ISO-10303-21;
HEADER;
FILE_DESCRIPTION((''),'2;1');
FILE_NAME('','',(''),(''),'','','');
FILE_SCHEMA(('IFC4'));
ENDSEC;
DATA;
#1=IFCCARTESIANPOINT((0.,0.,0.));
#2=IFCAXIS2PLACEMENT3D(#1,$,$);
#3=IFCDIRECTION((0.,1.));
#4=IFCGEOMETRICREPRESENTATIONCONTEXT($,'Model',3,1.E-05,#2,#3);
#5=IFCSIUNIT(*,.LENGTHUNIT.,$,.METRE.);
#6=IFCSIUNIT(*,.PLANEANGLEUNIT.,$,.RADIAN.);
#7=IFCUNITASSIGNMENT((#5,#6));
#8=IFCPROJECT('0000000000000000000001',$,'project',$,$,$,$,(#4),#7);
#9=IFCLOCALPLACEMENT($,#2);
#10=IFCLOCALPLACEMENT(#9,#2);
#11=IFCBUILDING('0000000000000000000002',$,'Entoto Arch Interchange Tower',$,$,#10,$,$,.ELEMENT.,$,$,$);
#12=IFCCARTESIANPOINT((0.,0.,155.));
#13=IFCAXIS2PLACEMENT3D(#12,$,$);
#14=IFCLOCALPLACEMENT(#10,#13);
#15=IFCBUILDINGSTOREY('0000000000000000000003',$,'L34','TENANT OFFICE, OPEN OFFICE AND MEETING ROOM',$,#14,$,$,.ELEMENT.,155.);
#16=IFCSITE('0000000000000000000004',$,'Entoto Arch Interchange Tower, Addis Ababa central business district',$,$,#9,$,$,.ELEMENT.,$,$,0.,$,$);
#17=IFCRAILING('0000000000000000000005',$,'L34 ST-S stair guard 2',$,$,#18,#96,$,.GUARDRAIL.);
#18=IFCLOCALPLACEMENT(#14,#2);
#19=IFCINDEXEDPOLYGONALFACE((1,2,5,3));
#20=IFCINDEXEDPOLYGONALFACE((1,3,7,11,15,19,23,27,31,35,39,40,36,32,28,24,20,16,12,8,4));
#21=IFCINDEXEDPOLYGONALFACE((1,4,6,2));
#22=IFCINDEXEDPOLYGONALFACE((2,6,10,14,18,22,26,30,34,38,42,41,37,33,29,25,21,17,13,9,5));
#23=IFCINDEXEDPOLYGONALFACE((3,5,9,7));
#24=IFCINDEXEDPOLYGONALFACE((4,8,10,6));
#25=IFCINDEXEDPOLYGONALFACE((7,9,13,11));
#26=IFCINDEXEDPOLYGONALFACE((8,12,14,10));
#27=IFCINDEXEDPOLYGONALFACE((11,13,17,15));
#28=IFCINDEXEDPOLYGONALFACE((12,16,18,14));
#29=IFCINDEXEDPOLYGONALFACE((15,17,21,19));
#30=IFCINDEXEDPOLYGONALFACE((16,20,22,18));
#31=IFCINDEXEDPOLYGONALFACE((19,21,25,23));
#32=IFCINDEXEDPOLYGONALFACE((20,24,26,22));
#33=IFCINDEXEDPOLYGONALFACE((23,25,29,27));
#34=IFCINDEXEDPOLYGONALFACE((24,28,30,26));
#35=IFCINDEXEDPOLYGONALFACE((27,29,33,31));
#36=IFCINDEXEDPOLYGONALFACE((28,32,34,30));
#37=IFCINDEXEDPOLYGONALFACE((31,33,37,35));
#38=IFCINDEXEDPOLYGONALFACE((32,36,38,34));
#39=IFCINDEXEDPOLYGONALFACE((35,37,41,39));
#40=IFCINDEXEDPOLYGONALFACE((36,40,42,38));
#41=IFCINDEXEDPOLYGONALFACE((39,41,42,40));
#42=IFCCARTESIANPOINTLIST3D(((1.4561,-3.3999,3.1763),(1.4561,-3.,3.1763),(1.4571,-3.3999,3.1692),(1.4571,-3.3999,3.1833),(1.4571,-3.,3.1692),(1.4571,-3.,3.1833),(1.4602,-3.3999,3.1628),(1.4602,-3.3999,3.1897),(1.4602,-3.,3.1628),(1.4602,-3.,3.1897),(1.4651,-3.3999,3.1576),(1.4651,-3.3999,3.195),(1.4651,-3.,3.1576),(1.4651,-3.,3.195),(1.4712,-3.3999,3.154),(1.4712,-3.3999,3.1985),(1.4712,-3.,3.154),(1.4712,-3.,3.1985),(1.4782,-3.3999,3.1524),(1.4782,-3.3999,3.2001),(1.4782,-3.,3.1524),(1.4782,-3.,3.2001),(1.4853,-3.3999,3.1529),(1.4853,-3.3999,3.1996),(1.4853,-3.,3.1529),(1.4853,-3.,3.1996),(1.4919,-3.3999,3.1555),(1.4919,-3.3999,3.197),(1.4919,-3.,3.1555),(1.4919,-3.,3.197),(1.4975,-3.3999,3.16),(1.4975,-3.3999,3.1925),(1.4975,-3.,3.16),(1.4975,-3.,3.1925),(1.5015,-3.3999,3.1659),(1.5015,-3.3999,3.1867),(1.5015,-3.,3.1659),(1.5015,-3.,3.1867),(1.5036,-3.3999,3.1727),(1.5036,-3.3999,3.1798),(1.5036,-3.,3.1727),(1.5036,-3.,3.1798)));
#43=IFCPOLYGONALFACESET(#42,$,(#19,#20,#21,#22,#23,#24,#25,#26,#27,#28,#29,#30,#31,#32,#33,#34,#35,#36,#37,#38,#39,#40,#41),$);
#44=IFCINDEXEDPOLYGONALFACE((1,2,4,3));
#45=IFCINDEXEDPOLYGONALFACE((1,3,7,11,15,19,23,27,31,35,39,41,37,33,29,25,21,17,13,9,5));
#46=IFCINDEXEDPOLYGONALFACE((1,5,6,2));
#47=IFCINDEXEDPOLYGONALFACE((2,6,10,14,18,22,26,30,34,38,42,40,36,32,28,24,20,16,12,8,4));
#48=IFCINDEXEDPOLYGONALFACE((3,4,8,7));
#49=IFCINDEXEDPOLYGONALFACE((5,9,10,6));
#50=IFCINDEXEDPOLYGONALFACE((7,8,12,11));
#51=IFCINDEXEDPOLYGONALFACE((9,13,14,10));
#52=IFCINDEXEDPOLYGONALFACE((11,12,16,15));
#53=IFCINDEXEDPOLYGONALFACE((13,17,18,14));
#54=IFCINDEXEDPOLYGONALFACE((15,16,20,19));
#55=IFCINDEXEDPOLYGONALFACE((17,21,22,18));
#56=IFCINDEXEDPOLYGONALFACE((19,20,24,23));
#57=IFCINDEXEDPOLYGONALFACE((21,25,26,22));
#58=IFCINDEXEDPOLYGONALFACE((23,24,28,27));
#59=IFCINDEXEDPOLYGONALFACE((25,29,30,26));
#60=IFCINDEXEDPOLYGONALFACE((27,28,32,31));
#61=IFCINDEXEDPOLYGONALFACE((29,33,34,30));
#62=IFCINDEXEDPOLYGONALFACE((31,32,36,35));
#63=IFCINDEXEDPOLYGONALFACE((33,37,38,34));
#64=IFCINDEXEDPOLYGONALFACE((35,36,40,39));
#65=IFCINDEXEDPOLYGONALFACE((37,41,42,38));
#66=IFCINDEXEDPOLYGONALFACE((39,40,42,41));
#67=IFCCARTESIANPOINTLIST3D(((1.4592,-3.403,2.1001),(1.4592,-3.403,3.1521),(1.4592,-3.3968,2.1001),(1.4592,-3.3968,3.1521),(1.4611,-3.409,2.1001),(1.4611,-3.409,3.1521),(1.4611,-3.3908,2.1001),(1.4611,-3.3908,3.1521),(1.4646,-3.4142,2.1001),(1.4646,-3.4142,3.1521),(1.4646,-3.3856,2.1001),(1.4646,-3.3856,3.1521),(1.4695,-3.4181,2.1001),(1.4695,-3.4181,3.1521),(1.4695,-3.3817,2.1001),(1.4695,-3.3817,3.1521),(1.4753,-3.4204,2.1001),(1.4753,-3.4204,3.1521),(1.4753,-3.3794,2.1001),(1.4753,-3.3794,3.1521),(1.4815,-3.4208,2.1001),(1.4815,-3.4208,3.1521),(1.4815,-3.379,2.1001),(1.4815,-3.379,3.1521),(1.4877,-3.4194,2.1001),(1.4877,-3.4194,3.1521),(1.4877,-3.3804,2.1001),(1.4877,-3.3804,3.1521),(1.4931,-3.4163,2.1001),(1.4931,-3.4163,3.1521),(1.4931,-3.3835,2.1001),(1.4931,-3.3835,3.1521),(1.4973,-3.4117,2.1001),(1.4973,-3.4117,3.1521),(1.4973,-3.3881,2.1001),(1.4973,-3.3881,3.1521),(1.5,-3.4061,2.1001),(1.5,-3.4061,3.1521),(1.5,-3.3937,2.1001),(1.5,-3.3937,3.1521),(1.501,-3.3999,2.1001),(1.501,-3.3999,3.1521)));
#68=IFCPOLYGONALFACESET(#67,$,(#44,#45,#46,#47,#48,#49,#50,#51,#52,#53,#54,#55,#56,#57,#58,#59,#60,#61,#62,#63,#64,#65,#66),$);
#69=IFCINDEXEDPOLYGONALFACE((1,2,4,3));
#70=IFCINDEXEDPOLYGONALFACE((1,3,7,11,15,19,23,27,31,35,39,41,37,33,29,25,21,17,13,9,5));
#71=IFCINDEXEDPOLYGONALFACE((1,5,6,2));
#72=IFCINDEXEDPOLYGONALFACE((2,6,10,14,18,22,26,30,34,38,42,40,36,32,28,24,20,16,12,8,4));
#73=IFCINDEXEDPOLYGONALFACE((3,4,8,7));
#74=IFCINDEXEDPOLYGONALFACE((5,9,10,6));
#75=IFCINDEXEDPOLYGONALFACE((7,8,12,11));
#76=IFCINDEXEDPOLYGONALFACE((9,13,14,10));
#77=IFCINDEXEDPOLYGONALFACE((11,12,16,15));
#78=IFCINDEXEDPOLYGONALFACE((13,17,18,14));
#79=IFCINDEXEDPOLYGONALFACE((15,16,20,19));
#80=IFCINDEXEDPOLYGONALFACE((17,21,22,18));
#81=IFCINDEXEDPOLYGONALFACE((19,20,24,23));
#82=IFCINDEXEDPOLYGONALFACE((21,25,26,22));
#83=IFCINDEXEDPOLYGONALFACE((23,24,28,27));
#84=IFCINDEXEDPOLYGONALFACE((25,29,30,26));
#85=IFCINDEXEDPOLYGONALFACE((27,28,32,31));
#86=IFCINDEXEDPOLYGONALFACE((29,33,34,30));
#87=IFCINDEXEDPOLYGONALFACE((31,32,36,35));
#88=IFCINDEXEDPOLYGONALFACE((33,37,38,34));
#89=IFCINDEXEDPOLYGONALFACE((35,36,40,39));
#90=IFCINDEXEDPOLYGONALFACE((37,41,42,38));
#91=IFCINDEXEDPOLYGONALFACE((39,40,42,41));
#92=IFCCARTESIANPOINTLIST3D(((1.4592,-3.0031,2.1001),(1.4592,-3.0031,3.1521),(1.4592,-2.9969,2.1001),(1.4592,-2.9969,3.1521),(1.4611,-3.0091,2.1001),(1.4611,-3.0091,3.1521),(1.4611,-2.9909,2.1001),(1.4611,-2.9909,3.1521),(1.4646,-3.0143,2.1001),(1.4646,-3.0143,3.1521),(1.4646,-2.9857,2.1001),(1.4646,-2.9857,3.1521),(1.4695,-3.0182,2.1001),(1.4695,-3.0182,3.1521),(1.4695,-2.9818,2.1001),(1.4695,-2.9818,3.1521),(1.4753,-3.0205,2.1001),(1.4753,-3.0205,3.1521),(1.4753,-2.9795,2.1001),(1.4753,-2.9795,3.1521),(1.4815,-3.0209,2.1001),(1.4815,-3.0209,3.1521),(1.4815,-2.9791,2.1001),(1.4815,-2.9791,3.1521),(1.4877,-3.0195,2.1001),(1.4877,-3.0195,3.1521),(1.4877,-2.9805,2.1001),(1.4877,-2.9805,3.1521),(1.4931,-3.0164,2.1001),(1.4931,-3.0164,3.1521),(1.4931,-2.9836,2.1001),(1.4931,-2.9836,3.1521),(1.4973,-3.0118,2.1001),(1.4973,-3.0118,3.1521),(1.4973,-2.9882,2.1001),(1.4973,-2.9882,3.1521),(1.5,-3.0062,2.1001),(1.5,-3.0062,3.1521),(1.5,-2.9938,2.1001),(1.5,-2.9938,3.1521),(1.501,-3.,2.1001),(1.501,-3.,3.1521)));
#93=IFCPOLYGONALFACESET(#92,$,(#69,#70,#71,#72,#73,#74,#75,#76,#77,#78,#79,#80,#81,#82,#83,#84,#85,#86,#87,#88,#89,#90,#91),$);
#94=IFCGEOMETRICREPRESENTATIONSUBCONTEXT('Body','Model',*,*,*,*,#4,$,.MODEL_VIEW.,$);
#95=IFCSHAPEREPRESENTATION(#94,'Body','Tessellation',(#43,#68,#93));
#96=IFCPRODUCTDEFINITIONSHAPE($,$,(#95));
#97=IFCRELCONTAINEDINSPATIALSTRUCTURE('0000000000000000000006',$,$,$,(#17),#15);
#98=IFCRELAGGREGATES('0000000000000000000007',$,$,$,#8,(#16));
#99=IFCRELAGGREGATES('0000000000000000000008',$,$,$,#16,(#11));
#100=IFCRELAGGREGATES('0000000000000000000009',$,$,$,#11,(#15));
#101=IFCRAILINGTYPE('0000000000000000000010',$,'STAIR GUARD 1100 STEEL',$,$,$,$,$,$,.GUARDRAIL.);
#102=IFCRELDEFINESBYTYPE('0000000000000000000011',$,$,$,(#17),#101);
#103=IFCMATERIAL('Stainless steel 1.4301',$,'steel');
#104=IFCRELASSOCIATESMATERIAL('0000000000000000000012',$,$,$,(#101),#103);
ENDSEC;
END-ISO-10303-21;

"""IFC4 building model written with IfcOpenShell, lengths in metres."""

from ifc_helpers import new_model, si_unit, direction, frame, origin, origin_2d, place, context, subcontext, project, spatial, circle, extrude, material, type_object, element, save


model = new_model("IFC4")

# Units and contexts
model_context = context("Model", 3, precision=1e-05, world=origin(), true_north=direction((0.0, 1.0)))
body_context = subcontext(model_context, "Body", "Model", "MODEL_VIEW")
ifc_project = project(units=[si_unit("LENGTHUNIT", "METRE"), si_unit("PLANEANGLEUNIT", "RADIAN")], contexts=[model_context])

# Site, building, storey
site_placement = place(None, origin())
site = spatial("IfcSite", under=ifc_project, at=site_placement, Name="Entoto Arch Interchange Tower, Addis Ababa central business district", CompositionType="ELEMENT", RefElevation=0.0)
building_placement = place(site_placement, origin())
building = spatial("IfcBuilding", under=site, at=building_placement, Name="Entoto Arch Interchange Tower", CompositionType="ELEMENT")
storey_placement = place(building_placement, frame((0.0, 0.0, 155.0)))
storey = spatial("IfcBuildingStorey", under=building, at=storey_placement, Name="L34", Description="TENANT OFFICE, OPEN OFFICE AND MEETING ROOM", CompositionType="ELEMENT", Elevation=155.0)

# Railing
ifc_material_1 = material(Name="Stainless steel 1.4301", Category="steel")
railing_type_1 = type_object("IfcRailingType", Name="STAIR GUARD 1100 STEEL", PredefinedType="GUARDRAIL", material=ifc_material_1)
railing_1_placement = place(storey_placement, frame((1.48, -3.3999, 2.1001)))
element("IfcRailing", 1, at=railing_1_placement, inside=storey, type_object=railing_type_1, Name="L34 ST-S stair guard 2", PredefinedType="GUARDRAIL", context=body_context, shape_type="SweptSolid", body=[
    extrude(circle(Radius=0.0239, at=origin_2d()), frame((0.0, 0.0, 1.0762), z_axis=(0.0, 1.0, 0.0), x_axis=(-1.0, 0.0, 0.0)), (0.0, 0.0, 1.0), 0.3999),
    extrude(circle(Radius=0.021, at=origin_2d()), origin(), (0.0, 0.0, 1.0), 1.052),
    extrude(circle(Radius=0.021, at=origin_2d()), frame((0.0, 0.3999, 0.0)), (0.0, 0.0, 1.0), 1.052),
])

save(model, "model.ifc")
